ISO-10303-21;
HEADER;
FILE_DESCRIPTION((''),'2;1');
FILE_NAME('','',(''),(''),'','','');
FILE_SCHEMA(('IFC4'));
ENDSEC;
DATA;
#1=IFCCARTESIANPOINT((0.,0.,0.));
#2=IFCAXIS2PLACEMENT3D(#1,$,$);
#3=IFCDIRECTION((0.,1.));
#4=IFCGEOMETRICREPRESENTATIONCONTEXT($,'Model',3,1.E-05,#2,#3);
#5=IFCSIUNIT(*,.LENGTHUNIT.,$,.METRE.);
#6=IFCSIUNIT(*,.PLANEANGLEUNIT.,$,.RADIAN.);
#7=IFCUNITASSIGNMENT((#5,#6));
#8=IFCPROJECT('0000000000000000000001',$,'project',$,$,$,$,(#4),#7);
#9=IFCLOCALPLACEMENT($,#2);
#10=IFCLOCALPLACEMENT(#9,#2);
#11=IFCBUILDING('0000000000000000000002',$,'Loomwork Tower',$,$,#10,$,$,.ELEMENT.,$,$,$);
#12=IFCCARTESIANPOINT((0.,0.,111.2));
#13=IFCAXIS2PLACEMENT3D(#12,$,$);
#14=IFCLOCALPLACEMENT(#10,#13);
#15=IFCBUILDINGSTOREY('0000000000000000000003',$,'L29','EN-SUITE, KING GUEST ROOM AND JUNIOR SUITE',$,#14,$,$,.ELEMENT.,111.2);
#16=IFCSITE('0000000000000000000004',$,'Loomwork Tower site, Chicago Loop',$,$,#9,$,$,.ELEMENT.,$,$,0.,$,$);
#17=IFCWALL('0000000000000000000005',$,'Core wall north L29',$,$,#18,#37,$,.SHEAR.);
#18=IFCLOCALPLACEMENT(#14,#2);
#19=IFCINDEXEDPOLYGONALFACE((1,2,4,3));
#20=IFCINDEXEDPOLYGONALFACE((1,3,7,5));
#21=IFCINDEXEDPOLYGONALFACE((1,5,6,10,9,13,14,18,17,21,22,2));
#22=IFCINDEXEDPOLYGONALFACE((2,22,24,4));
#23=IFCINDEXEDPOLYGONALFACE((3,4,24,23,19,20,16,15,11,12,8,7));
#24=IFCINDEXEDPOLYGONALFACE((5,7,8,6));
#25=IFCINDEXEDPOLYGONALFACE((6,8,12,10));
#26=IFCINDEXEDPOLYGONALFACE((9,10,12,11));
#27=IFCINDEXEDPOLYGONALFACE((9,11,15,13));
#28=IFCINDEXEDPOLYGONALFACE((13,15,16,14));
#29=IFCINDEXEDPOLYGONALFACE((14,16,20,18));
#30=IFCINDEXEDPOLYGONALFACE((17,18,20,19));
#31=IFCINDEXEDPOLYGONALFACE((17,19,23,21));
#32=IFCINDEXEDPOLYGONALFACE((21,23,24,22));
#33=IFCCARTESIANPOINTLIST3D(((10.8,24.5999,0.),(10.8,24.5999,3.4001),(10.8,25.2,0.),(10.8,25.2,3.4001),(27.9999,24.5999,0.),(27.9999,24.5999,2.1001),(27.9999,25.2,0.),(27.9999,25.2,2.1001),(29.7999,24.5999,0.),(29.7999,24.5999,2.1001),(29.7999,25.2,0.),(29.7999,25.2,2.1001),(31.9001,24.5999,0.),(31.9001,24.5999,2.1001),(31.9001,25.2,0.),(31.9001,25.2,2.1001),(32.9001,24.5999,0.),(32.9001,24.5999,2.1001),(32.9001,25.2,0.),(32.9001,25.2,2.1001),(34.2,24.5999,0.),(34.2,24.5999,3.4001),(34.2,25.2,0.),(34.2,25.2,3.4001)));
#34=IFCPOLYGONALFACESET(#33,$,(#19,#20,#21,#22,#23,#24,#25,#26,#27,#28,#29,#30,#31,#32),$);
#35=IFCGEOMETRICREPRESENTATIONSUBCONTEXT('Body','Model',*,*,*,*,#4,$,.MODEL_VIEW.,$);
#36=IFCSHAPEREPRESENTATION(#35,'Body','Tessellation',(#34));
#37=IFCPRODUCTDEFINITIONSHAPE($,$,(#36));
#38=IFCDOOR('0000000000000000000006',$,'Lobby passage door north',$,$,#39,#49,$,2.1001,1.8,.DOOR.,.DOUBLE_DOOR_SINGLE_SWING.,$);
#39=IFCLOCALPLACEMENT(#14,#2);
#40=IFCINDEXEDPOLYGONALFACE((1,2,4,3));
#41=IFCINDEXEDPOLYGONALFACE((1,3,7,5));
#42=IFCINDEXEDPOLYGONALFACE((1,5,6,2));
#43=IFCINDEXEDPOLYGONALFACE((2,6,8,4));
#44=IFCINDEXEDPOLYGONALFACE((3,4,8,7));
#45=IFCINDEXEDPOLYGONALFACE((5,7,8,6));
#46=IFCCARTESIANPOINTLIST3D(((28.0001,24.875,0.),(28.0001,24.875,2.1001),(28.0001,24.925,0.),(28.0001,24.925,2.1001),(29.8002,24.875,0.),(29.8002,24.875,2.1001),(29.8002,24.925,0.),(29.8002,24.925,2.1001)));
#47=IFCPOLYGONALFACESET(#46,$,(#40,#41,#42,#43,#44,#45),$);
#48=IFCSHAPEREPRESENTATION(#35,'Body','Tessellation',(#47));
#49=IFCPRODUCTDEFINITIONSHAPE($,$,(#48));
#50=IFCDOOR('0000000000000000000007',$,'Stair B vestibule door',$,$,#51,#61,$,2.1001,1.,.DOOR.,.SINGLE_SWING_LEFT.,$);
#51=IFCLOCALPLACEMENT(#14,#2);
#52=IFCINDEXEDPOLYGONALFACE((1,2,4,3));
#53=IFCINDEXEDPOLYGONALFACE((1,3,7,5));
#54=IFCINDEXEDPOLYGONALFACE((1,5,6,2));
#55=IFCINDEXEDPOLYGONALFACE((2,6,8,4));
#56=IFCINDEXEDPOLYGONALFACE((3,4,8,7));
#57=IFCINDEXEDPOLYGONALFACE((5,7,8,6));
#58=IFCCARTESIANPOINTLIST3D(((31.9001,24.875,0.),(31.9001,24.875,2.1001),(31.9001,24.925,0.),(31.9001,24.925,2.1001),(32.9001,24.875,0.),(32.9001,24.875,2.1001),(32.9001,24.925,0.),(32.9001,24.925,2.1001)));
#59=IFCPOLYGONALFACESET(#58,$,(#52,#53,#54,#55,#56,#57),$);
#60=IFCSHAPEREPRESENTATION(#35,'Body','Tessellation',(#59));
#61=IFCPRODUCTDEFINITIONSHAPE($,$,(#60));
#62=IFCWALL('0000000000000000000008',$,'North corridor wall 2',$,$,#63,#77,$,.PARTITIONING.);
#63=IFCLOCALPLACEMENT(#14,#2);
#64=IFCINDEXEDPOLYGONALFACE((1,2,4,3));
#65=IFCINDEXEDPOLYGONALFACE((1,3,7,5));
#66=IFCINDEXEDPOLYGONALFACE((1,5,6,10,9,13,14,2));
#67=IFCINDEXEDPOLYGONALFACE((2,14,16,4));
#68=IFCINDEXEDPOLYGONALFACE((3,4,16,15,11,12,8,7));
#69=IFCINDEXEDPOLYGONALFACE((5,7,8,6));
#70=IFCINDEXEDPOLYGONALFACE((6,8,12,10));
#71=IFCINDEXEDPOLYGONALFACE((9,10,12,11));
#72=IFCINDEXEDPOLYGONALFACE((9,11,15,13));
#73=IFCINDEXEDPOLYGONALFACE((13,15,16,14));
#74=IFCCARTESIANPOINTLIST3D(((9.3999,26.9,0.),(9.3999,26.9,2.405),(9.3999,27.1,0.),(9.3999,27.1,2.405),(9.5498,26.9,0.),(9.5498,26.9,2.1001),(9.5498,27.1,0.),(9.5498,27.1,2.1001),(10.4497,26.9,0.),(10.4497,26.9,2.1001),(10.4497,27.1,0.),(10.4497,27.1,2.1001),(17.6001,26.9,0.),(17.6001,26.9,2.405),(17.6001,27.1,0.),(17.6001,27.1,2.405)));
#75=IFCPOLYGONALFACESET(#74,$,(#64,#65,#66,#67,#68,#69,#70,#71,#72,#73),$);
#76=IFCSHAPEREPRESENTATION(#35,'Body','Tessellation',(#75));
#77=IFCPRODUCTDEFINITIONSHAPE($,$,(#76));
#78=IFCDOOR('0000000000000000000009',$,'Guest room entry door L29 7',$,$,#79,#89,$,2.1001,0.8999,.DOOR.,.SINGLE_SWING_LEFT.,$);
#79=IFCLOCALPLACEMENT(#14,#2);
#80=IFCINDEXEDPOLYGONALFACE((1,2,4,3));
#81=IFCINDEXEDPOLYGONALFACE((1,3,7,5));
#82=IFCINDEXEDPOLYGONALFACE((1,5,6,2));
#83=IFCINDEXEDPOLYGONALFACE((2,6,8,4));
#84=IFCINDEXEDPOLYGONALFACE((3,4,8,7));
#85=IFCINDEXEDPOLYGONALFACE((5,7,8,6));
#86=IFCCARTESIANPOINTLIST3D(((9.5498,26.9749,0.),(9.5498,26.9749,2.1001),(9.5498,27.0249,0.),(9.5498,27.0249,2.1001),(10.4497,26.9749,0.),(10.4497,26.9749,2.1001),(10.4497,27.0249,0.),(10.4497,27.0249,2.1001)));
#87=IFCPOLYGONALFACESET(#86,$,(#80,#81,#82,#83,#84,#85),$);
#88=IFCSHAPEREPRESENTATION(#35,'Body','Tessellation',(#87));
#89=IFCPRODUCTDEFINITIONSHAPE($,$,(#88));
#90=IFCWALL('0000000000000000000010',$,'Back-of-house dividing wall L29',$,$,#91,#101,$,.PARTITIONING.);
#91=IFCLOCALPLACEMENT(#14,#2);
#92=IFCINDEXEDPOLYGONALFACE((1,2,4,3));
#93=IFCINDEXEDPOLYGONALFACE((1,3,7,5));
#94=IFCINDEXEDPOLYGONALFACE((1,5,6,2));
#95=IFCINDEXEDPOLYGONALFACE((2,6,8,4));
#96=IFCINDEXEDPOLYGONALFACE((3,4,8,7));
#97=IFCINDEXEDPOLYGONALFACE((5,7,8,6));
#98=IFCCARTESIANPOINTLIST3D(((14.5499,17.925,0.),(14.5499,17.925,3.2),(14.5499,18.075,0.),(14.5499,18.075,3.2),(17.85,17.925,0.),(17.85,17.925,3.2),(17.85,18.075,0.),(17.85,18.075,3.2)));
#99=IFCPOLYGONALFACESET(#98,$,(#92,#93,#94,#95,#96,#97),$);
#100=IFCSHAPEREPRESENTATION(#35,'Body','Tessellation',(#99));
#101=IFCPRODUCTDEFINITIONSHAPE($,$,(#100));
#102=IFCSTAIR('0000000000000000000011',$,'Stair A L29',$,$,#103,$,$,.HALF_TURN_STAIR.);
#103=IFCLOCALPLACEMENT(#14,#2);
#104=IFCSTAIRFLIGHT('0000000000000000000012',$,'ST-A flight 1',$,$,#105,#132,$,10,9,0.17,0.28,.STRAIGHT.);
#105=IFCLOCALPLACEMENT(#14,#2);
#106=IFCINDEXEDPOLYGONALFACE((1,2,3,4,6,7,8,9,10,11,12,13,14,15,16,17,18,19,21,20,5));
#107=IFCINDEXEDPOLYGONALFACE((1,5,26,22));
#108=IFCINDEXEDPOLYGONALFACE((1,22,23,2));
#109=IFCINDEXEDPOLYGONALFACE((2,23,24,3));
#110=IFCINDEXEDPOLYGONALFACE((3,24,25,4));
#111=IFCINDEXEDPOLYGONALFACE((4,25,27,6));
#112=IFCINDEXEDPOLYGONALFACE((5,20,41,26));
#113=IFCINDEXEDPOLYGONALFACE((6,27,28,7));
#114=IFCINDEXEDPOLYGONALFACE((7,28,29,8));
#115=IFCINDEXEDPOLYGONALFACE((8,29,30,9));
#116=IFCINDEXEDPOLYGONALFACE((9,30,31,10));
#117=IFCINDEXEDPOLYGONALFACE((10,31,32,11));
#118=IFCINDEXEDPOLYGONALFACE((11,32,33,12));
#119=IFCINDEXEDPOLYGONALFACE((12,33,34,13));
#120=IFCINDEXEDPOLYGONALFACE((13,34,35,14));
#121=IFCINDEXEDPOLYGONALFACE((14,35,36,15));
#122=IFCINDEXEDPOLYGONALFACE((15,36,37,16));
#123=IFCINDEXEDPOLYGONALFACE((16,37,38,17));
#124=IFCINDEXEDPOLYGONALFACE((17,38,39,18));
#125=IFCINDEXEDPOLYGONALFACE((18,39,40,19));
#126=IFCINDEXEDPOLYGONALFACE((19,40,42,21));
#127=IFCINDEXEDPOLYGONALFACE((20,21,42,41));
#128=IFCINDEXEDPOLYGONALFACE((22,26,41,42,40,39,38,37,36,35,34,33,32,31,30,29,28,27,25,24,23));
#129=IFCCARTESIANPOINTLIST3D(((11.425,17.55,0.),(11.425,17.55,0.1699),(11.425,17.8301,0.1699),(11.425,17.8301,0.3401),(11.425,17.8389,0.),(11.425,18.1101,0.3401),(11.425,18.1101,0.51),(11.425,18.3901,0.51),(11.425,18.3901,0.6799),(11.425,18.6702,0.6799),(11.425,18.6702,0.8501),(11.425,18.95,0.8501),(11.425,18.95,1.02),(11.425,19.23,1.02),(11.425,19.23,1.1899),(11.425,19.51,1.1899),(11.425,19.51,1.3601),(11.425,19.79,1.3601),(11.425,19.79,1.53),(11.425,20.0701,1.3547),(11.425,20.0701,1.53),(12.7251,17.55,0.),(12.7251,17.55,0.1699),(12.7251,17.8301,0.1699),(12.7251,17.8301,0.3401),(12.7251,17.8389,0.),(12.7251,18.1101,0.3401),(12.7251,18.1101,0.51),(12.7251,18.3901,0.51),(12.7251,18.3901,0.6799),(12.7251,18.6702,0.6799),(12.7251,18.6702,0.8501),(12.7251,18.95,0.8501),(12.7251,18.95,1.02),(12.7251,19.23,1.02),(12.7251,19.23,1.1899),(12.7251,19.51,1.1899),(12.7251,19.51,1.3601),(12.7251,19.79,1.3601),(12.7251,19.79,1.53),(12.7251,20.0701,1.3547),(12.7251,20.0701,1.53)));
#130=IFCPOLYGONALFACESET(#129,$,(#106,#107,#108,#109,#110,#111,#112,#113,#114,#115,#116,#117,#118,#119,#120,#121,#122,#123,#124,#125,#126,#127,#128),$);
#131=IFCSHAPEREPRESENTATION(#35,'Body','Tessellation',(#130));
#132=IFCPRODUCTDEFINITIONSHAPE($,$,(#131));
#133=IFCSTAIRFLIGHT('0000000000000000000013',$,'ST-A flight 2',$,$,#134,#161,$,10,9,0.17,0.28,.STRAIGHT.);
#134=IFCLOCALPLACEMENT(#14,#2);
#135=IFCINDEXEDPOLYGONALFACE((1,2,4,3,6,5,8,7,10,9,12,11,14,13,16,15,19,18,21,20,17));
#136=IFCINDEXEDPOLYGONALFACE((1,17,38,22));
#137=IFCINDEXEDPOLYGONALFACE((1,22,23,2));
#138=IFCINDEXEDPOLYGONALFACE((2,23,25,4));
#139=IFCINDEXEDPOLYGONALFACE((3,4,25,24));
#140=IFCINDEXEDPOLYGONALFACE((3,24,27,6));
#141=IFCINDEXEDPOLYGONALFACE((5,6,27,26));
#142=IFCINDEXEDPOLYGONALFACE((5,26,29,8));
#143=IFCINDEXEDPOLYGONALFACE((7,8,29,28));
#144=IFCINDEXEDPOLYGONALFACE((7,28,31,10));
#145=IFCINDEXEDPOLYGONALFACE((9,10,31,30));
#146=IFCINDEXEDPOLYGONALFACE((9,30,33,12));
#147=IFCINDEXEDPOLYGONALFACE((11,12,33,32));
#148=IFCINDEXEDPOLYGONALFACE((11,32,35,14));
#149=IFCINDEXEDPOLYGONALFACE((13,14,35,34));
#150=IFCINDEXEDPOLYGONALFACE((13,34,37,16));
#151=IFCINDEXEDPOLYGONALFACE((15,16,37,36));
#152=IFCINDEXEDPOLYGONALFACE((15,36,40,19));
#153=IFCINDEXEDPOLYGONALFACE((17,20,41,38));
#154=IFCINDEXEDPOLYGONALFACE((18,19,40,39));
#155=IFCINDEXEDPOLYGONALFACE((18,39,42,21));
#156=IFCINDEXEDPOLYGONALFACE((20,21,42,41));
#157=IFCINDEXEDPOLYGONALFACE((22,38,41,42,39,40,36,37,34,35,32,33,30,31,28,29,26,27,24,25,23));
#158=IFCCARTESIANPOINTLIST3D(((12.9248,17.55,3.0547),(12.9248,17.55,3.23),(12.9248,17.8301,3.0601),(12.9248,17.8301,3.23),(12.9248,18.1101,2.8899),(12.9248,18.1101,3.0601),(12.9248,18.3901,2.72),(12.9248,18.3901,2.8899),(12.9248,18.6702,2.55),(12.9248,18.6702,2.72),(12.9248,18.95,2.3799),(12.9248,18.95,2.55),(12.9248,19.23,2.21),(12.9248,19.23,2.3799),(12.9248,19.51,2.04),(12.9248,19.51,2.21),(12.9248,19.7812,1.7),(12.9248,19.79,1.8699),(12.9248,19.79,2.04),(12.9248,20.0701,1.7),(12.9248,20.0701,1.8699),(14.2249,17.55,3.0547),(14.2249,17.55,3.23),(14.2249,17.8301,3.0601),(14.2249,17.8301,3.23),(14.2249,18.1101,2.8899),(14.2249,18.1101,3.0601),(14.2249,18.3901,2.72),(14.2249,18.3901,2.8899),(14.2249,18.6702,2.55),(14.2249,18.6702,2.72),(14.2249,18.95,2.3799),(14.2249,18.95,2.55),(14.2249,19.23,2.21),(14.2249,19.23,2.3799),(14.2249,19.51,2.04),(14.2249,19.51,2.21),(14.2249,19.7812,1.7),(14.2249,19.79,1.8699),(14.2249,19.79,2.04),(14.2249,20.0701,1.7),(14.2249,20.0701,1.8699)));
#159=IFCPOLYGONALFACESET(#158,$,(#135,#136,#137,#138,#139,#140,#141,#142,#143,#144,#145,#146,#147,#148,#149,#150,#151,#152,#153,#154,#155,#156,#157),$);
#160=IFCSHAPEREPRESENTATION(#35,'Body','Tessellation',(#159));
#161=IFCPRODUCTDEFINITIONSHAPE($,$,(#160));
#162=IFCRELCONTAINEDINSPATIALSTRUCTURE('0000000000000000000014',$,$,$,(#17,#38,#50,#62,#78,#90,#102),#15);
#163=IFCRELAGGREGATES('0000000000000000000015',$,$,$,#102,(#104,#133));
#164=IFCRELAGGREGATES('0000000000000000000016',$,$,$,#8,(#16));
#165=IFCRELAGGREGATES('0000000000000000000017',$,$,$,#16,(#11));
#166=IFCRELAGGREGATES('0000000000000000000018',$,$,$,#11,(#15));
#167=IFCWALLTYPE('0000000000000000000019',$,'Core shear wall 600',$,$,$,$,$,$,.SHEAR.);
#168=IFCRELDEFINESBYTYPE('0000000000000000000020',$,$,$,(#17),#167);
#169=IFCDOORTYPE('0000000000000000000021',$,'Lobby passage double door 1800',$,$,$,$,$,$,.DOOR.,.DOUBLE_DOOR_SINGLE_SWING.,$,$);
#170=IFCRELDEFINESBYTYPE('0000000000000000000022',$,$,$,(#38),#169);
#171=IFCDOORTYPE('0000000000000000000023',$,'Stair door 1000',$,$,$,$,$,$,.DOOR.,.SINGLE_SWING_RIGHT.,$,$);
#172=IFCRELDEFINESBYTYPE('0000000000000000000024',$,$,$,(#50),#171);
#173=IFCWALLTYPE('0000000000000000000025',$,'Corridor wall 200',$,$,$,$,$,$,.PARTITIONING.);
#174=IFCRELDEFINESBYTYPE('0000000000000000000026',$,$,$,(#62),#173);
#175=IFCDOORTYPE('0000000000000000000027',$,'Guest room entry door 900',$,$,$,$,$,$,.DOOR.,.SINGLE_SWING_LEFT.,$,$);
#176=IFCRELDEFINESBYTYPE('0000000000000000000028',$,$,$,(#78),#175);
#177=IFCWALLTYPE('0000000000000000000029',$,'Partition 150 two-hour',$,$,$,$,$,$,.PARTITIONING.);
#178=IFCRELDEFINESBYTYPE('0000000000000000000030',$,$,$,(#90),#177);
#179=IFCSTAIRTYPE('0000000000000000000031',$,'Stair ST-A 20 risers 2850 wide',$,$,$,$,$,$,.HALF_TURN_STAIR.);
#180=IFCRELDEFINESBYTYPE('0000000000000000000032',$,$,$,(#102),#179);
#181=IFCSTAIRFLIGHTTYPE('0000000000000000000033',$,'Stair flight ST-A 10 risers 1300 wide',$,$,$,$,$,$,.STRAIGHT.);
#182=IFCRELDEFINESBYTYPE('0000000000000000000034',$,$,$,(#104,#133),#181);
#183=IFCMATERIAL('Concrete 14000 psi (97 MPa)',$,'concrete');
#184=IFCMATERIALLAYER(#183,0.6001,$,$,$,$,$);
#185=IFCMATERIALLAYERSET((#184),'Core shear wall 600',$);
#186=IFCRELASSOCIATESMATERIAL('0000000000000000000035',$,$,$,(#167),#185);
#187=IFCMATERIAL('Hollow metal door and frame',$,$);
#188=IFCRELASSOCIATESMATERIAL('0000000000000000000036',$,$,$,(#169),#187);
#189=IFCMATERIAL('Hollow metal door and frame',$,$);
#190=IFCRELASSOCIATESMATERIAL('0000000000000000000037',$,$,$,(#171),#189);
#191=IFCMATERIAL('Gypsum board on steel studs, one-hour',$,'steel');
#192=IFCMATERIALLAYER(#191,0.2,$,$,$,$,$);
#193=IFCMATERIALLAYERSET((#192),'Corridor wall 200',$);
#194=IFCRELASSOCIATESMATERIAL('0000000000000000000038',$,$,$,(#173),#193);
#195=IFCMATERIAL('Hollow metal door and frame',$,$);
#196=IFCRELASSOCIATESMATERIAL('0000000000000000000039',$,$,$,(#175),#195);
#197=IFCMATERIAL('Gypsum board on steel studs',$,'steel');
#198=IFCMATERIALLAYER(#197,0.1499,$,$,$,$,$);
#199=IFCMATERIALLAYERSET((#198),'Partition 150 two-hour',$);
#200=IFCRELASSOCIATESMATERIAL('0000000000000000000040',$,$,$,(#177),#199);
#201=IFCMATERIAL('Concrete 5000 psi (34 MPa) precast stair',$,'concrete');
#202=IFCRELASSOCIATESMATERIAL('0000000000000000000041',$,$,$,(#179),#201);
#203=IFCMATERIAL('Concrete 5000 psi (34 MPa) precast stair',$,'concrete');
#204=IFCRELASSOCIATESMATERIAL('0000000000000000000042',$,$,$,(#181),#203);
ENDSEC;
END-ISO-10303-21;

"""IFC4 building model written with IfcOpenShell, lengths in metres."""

from ifc_helpers import new_model, si_unit, direction, frame, frame_2d, origin, place, context, subcontext, project, spatial, polyline, rectangle, outline, extrude, material, layer, layer_set, type_object, element, fill, aggregate, save


model = new_model("IFC4")

# Units and contexts
model_context = context("Model", 3, precision=1e-05, world=origin(), true_north=direction((0.0, 1.0)))
body_context = subcontext(model_context, "Body", "Model", "MODEL_VIEW")
ifc_project = project(units=[si_unit("LENGTHUNIT", "METRE"), si_unit("PLANEANGLEUNIT", "RADIAN")], contexts=[model_context])

# Site, building, storey
site_placement = place(None, origin())
site = spatial("IfcSite", under=ifc_project, at=site_placement, Name="Loomwork Tower site, Chicago Loop", CompositionType="ELEMENT", RefElevation=0.0)
building_placement = place(site_placement, origin())
building = spatial("IfcBuilding", under=site, at=building_placement, Name="Loomwork Tower", CompositionType="ELEMENT")
storey_placement = place(building_placement, frame((0.0, 0.0, 111.2)))
storey = spatial("IfcBuildingStorey", under=building, at=storey_placement, Name="L29", Description="EN-SUITE, KING GUEST ROOM AND JUNIOR SUITE", CompositionType="ELEMENT", Elevation=111.2)

# Wall, openings, doors
ifc_material_1 = material(Name="Concrete 14000 psi (97 MPa)", Category="concrete")
ifc_layer_1 = layer(ifc_material_1, 0.6001)
ifc_layer_set_1 = layer_set([ifc_layer_1], Name="Core shear wall 600")
wall_type_1 = type_object("IfcWallType", Name="Core shear wall 600", PredefinedType="SHEAR", material=ifc_layer_set_1)
wall_1_placement = place(storey_placement, frame((10.8, 24.8999, 0.0), z_axis=(0.0, 0.0, 1.0), x_axis=(1.0, 0.0, 0.0)))
wall_1 = element("IfcWall", 1, at=wall_1_placement, inside=storey, type_object=wall_type_1, Name="Core wall north L29", PredefinedType="SHEAR", context=body_context, shape_type="SweptSolid", body=[
    extrude(rectangle(XDim=23.3999, YDim=0.6001, at=frame_2d((11.7, 0.0))), origin(), (0.0, 0.0, 1.0), 3.4001),
])
opening_1_placement = place(wall_1_placement, frame((17.2, 0.0, 0.0)))
opening_1 = element("IfcOpeningElement", 2, at=opening_1_placement, cuts=wall_1, PredefinedType="OPENING", context=body_context, shape_type="SweptSolid", body=[
    extrude(rectangle(XDim=1.8, YDim=2.1001, at=frame_2d((0.8999, 1.05))), frame((0.0, 0.3101, 0.0), z_axis=(0.0, -1.0, 0.0), x_axis=(1.0, 0.0, 0.0)), (0.0, 0.0, 1.0), 0.6201),
])
opening_2_placement = place(wall_1_placement, frame((21.1001, 0.0, 0.0)))
opening_2 = element("IfcOpeningElement", 3, at=opening_2_placement, cuts=wall_1, PredefinedType="OPENING", context=body_context, shape_type="SweptSolid", body=[
    extrude(rectangle(XDim=1.0, YDim=2.1001, at=frame_2d((0.5, 1.05))), frame((0.0, 0.3101, 0.0), z_axis=(0.0, -1.0, 0.0), x_axis=(1.0, 0.0, 0.0)), (0.0, 0.0, 1.0), 0.6201),
])
ifc_material_2 = material(Name="Hollow metal door and frame")
door_type_1 = type_object("IfcDoorType", Name="Lobby passage double door 1800", OperationType="DOUBLE_DOOR_SINGLE_SWING", PredefinedType="DOOR", material=ifc_material_2)
door_1_placement = place(opening_1_placement, frame((1.8, 0.0, 0.0), z_axis=(0.0, 0.0, 1.0), x_axis=(-1.0, 0.0, 0.0)))
door_1 = element("IfcDoor", 4, at=door_1_placement, inside=storey, type_object=door_type_1, Name="Lobby passage door north", OperationType="DOUBLE_DOOR_SINGLE_SWING", OverallHeight=2.1001, OverallWidth=1.8, PredefinedType="DOOR", context=body_context, shape_type="SweptSolid", body=[
    extrude(rectangle(XDim=1.8, YDim=2.1001, at=frame_2d((0.8999, 1.05))), frame((0.0, 0.0249, 0.0), z_axis=(0.0, -1.0, 0.0), x_axis=(1.0, 0.0, 0.0)), (0.0, 0.0, 1.0), 0.05),
])
fill(opening_1, door_1)
ifc_material_3 = material(Name="Hollow metal door and frame")
door_type_2 = type_object("IfcDoorType", Name="Stair door 1000", OperationType="SINGLE_SWING_RIGHT", PredefinedType="DOOR", material=ifc_material_3)
door_2_placement = place(opening_2_placement, frame((1.0, 0.0, 0.0), z_axis=(0.0, 0.0, 1.0), x_axis=(-1.0, 0.0, 0.0)))
door_2 = element("IfcDoor", 5, at=door_2_placement, inside=storey, type_object=door_type_2, Name="Stair B vestibule door", OperationType="SINGLE_SWING_LEFT", OverallHeight=2.1001, OverallWidth=1.0, PredefinedType="DOOR", context=body_context, shape_type="SweptSolid", body=[
    extrude(rectangle(XDim=1.0, YDim=2.1001, at=frame_2d((0.5, 1.05))), frame((0.0, 0.0249, 0.0), z_axis=(0.0, -1.0, 0.0), x_axis=(1.0, 0.0, 0.0)), (0.0, 0.0, 1.0), 0.05),
])
fill(opening_2, door_2)

# Wall, opening, door
ifc_material_4 = material(Name="Gypsum board on steel studs, one-hour", Category="steel")
ifc_layer_2 = layer(ifc_material_4, 0.2)
ifc_layer_set_2 = layer_set([ifc_layer_2], Name="Corridor wall 200")
wall_type_2 = type_object("IfcWallType", Name="Corridor wall 200", PredefinedType="PARTITIONING", material=ifc_layer_set_2)
wall_2_placement = place(storey_placement, frame((9.3999, 27.0, 0.0), z_axis=(0.0, 0.0, 1.0), x_axis=(1.0, 0.0, 0.0)))
wall_2 = element("IfcWall", 6, at=wall_2_placement, inside=storey, type_object=wall_type_2, Name="North corridor wall 2", PredefinedType="PARTITIONING", context=body_context, shape_type="SweptSolid", body=[
    extrude(rectangle(XDim=8.2002, YDim=0.2, at=frame_2d((4.1001, 0.0))), origin(), (0.0, 0.0, 1.0), 2.405),
])
opening_3_placement = place(wall_2_placement, frame((0.1499, 0.0, 0.0)))
opening_3 = element("IfcOpeningElement", 7, at=opening_3_placement, cuts=wall_2, PredefinedType="OPENING", context=body_context, shape_type="SweptSolid", body=[
    extrude(rectangle(XDim=0.8999, YDim=2.1001, at=frame_2d((0.45, 1.05))), frame((0.0, 0.1099, 0.0), z_axis=(0.0, -1.0, 0.0), x_axis=(1.0, 0.0, 0.0)), (0.0, 0.0, 1.0), 0.22),
])
ifc_material_5 = material(Name="Hollow metal door and frame")
door_type_3 = type_object("IfcDoorType", Name="Guest room entry door 900", OperationType="SINGLE_SWING_LEFT", PredefinedType="DOOR", material=ifc_material_5)
door_3_placement = place(opening_3_placement, origin())
door_3 = element("IfcDoor", 8, at=door_3_placement, inside=storey, type_object=door_type_3, Name="Guest room entry door L29 7", OperationType="SINGLE_SWING_LEFT", OverallHeight=2.1001, OverallWidth=0.8999, PredefinedType="DOOR", context=body_context, shape_type="SweptSolid", body=[
    extrude(rectangle(XDim=0.8999, YDim=2.1001, at=frame_2d((0.45, 1.05))), frame((0.0, 0.0249, 0.0), z_axis=(0.0, -1.0, 0.0), x_axis=(1.0, 0.0, 0.0)), (0.0, 0.0, 1.0), 0.05),
])
fill(opening_3, door_3)

# Wall
ifc_material_6 = material(Name="Gypsum board on steel studs", Category="steel")
ifc_layer_3 = layer(ifc_material_6, 0.1499)
ifc_layer_set_3 = layer_set([ifc_layer_3], Name="Partition 150 two-hour")
wall_type_3 = type_object("IfcWallType", Name="Partition 150 two-hour", PredefinedType="PARTITIONING", material=ifc_layer_set_3)
wall_3_placement = place(storey_placement, frame((14.55, 18.0, 0.0), z_axis=(0.0, 0.0, 1.0), x_axis=(1.0, 0.0, 0.0)))
element("IfcWall", 9, at=wall_3_placement, inside=storey, type_object=wall_type_3, Name="Back-of-house dividing wall L29", PredefinedType="PARTITIONING", context=body_context, shape_type="SweptSolid", body=[
    extrude(rectangle(XDim=3.3, YDim=0.1499, at=frame_2d((1.6499, 0.0))), origin(), (0.0, 0.0, 1.0), 3.2),
])

# Stair, stair flights
ifc_material_7 = material(Name="Concrete 5000 psi (34 MPa) precast stair", Category="concrete")
stair_type = type_object("IfcStairType", Name="Stair ST-A 20 risers 2850 wide", PredefinedType="HALF_TURN_STAIR", material=ifc_material_7)
stair_placement = place(storey_placement, origin())
stair = element("IfcStair", 10, at=stair_placement, inside=storey, type_object=stair_type, Name="Stair A L29", PredefinedType="HALF_TURN_STAIR")
ifc_material_8 = material(Name="Concrete 5000 psi (34 MPa) precast stair", Category="concrete")
stair_flight_type = type_object("IfcStairFlightType", Name="Stair flight ST-A 10 risers 1300 wide", PredefinedType="STRAIGHT", material=ifc_material_8)
stair_flight_1_placement = place(storey_placement, frame((12.075, 17.55, 0.0), z_axis=(0.0, 0.0, 1.0), x_axis=(0.0, 1.0, 0.0)))
stair_flight_1 = element("IfcStairFlight", 11, at=stair_flight_1_placement, type_object=stair_flight_type, Name="ST-A flight 1", NumberOfRisers=10, NumberOfTreads=9, PredefinedType="STRAIGHT", RiserHeight=0.17, TreadLength=0.28, context=body_context, shape_type="SweptSolid", body=[
    extrude(outline(polyline([(0.0, 0.0), (0.0, 0.1699), (0.28, 0.1699), (0.28, 0.3401), (0.5601, 0.3401), (0.5601, 0.51), (0.8401, 0.51), (0.8401, 0.6799), (1.1201, 0.6799), (1.1201, 0.8501), (1.3999, 0.8501), (1.3999, 1.02), (1.6799, 1.02), (1.6799, 1.1899), (1.96, 1.1899), (1.96, 1.3601), (2.24, 1.3601), (2.24, 1.53), (2.52, 1.53), (2.52, 1.7), (2.52, 1.3547), (0.2888, 0.0), (0.0, 0.0)])), frame((0.0, 0.6499, 0.0), z_axis=(0.0, -1.0, 0.0), x_axis=(1.0, 0.0, 0.0)), (0.0, 0.0, 1.0), 1.3),
])
stair_flight_2_placement = place(storey_placement, frame((13.575, 20.0701, 1.7), z_axis=(0.0, 0.0, 1.0), x_axis=(0.0, -1.0, 0.0)))
stair_flight_2 = element("IfcStairFlight", 12, at=stair_flight_2_placement, type_object=stair_flight_type, Name="ST-A flight 2", NumberOfRisers=10, NumberOfTreads=9, PredefinedType="STRAIGHT", RiserHeight=0.17, TreadLength=0.28, context=body_context, shape_type="SweptSolid", body=[
    extrude(outline(polyline([(0.0, 0.0), (0.0, 0.1699), (0.28, 0.1699), (0.28, 0.3401), (0.5601, 0.3401), (0.5601, 0.51), (0.8401, 0.51), (0.8401, 0.6799), (1.1201, 0.6799), (1.1201, 0.8501), (1.3999, 0.8501), (1.3999, 1.02), (1.6799, 1.02), (1.6799, 1.1899), (1.96, 1.1899), (1.96, 1.3601), (2.24, 1.3601), (2.24, 1.53), (2.52, 1.53), (2.52, 1.7), (2.52, 1.3547), (0.2888, 0.0), (0.0, 0.0)])), frame((0.0, 0.6499, 0.0), z_axis=(0.0, -1.0, 0.0), x_axis=(1.0, 0.0, 0.0)), (0.0, 0.0, 1.0), 1.3),
])
aggregate(stair, [stair_flight_1, stair_flight_2])

save(model, "model.ifc")
